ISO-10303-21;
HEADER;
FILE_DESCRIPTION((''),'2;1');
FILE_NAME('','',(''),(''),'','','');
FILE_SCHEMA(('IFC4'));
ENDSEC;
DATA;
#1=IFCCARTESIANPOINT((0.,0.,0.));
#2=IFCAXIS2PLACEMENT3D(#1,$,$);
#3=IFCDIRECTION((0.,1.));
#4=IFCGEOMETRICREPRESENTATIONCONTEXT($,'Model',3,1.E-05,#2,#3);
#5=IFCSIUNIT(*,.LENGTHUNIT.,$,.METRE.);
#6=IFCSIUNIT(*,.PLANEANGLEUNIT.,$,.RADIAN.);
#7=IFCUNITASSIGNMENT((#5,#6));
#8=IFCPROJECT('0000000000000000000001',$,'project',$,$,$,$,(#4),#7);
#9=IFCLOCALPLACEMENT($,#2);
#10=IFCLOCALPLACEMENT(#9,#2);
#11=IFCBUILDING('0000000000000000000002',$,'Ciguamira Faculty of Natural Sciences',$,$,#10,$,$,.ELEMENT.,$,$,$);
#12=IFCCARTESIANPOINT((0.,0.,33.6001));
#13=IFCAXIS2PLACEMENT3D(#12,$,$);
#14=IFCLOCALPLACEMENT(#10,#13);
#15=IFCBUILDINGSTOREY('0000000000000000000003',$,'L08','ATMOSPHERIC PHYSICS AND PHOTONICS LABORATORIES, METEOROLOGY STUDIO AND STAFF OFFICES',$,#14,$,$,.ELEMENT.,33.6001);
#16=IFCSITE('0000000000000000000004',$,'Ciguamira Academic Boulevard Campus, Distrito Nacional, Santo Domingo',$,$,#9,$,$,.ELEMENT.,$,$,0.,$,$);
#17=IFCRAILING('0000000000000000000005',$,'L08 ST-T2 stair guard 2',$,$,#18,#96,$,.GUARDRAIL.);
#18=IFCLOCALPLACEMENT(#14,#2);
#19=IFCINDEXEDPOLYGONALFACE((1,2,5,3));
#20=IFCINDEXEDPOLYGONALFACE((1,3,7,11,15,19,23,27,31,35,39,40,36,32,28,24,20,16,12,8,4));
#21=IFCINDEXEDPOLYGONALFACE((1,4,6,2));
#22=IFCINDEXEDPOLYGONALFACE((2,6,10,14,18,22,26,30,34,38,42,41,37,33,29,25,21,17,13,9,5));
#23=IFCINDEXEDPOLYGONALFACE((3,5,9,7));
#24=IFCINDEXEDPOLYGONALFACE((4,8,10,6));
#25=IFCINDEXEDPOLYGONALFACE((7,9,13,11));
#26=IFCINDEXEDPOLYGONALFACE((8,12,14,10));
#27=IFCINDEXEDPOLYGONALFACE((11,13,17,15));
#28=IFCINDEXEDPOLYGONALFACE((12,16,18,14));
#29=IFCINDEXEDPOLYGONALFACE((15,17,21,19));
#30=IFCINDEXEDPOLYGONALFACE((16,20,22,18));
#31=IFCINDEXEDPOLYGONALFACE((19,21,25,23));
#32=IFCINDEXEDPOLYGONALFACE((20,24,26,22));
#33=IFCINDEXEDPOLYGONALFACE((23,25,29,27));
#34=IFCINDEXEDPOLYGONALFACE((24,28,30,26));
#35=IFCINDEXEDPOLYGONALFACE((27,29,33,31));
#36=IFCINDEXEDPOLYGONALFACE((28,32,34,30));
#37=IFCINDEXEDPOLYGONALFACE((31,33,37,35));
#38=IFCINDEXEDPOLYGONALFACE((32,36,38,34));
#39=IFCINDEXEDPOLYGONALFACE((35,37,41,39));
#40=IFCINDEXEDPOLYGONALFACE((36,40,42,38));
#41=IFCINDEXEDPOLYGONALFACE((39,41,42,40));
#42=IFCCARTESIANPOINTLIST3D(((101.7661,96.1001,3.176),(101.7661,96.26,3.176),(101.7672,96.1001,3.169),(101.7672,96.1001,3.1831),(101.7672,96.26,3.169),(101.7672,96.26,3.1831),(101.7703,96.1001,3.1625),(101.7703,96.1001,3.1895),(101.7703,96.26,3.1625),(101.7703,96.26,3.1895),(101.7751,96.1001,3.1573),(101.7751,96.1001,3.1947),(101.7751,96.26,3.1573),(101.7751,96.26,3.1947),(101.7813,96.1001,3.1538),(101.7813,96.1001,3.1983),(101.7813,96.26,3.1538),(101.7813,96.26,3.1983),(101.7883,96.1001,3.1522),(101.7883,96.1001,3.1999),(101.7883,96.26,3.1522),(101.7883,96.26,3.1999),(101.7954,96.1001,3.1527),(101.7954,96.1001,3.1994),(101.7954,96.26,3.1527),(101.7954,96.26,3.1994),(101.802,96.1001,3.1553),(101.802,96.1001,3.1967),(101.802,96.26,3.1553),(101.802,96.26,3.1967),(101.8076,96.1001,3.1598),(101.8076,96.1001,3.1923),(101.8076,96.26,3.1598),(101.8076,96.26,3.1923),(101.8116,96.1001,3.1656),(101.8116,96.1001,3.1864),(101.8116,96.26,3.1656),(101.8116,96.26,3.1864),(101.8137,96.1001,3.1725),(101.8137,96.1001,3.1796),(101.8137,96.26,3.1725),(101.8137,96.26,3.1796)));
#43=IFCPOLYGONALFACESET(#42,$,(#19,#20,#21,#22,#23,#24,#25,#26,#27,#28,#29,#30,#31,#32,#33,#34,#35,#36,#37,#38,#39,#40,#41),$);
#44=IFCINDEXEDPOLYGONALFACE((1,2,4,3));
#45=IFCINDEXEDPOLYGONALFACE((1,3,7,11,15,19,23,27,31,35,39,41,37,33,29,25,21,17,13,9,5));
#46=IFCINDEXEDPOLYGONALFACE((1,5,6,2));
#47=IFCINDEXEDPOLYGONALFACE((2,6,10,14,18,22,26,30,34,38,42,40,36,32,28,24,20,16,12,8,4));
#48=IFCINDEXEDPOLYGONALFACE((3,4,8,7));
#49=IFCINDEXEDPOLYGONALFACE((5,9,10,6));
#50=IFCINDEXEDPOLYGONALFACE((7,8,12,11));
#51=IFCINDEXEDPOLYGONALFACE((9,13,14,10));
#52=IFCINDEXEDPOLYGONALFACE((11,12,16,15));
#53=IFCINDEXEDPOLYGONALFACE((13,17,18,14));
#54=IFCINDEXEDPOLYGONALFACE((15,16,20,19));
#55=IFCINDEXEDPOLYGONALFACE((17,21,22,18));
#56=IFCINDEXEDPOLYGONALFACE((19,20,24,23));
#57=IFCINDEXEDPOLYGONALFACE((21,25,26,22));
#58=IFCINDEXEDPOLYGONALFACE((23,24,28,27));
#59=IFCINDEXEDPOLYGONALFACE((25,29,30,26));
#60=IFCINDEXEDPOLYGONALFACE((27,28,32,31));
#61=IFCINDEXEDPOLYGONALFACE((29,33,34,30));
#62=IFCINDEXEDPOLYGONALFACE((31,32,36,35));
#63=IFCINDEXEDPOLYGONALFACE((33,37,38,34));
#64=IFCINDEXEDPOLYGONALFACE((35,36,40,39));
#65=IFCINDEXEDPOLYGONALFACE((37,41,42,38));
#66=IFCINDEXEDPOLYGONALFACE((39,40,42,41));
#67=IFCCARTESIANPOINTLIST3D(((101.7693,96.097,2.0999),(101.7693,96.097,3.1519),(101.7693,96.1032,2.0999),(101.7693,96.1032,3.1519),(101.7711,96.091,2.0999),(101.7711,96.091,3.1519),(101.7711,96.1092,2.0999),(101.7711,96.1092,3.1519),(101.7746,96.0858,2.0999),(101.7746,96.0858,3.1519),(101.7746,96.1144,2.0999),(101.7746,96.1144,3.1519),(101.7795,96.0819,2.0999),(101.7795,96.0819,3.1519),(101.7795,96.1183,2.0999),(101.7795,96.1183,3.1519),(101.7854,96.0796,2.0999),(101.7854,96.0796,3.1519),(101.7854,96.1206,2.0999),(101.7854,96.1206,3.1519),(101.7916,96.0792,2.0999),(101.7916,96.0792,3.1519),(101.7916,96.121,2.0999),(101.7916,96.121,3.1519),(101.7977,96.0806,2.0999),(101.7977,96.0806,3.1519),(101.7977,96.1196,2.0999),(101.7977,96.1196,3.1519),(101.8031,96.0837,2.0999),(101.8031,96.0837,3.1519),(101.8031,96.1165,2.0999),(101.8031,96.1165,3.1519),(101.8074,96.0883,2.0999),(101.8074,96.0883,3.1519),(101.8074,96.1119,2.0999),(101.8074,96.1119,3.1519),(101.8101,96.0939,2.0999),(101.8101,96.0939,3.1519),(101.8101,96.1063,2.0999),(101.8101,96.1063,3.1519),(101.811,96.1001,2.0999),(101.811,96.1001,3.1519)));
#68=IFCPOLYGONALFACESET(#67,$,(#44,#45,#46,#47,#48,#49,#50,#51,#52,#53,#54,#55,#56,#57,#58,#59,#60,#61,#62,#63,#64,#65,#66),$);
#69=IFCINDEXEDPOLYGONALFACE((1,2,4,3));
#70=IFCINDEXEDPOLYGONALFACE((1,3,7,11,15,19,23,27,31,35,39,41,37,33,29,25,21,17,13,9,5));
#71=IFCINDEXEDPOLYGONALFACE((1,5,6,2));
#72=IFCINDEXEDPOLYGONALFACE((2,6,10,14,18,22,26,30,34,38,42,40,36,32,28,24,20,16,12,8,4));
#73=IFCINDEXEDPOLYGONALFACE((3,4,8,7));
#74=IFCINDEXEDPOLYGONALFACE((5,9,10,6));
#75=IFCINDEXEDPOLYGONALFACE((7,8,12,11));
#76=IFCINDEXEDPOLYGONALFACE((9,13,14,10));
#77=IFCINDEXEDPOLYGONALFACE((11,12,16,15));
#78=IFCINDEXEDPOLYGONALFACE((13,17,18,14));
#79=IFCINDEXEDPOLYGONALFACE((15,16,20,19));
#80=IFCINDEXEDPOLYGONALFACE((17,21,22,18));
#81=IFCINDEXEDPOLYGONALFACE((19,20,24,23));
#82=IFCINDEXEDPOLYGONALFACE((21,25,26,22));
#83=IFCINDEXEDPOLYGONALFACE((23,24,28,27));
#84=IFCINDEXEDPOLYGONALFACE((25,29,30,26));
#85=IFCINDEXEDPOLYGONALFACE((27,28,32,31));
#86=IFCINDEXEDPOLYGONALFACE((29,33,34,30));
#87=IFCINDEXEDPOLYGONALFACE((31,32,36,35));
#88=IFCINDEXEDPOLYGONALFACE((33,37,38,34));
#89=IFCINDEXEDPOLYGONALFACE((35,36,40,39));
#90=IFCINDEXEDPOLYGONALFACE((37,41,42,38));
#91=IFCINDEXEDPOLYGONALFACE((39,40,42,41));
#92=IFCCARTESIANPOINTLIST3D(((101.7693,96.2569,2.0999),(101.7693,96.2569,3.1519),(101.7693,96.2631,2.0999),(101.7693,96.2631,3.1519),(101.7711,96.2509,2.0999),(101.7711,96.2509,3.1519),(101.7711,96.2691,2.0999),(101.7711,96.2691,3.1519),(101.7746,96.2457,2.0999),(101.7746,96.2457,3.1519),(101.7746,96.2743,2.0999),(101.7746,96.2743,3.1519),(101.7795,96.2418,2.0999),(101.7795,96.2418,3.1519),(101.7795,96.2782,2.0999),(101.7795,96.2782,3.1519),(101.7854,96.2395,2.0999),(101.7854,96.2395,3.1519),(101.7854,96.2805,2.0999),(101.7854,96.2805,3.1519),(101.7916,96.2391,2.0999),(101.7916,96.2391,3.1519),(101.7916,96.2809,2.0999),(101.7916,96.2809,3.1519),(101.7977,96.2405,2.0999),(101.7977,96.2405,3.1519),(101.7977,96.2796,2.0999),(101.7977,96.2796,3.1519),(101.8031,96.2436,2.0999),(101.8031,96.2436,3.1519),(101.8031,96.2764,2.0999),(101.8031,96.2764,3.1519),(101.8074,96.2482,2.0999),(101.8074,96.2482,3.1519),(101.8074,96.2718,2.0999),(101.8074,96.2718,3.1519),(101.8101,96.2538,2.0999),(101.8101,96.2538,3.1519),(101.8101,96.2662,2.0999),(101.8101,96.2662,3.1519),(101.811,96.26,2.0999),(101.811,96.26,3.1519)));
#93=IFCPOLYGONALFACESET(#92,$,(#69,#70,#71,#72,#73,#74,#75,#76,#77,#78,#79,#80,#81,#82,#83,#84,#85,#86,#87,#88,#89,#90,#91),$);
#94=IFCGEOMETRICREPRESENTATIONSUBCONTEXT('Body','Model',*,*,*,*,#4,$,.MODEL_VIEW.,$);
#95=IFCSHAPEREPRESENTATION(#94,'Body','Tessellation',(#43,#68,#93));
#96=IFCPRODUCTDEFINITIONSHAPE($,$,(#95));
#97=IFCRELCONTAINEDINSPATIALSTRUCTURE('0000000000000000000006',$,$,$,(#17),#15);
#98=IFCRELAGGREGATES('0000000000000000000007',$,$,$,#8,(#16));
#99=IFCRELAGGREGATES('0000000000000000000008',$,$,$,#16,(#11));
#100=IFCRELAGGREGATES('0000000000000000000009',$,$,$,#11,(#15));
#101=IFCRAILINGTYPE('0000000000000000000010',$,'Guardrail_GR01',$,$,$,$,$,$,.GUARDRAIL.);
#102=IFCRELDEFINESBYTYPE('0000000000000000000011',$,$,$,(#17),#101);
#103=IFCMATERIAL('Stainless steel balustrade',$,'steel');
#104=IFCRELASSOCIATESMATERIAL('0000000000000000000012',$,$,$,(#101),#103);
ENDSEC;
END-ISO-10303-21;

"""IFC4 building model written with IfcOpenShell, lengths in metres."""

from ifc_helpers import new_model, si_unit, direction, frame, origin, origin_2d, place, context, subcontext, project, spatial, circle, extrude, material, type_object, element, save


model = new_model("IFC4")

# Units and contexts
model_context = context("Model", 3, precision=1e-05, world=origin(), true_north=direction((0.0, 1.0)))
body_context = subcontext(model_context, "Body", "Model", "MODEL_VIEW")
ifc_project = project(units=[si_unit("LENGTHUNIT", "METRE"), si_unit("PLANEANGLEUNIT", "RADIAN")], contexts=[model_context])

# Site, building, storey
site_placement = place(None, origin())
site = spatial("IfcSite", under=ifc_project, at=site_placement, Name="Ciguamira Academic Boulevard Campus, Distrito Nacional, Santo Domingo", CompositionType="ELEMENT", RefElevation=0.0)
building_placement = place(site_placement, origin())
building = spatial("IfcBuilding", under=site, at=building_placement, Name="Ciguamira Faculty of Natural Sciences", CompositionType="ELEMENT")
storey_placement = place(building_placement, frame((0.0, 0.0, 33.6001)))
storey = spatial("IfcBuildingStorey", under=building, at=storey_placement, Name="L08", Description="ATMOSPHERIC PHYSICS AND PHOTONICS LABORATORIES, METEOROLOGY STUDIO AND STAFF OFFICES", CompositionType="ELEMENT", Elevation=33.6001)

# Railing
ifc_material_1 = material(Name="Stainless steel balustrade", Category="steel")
railing_type_1 = type_object("IfcRailingType", Name="Guardrail_GR01", PredefinedType="GUARDRAIL", material=ifc_material_1)
railing_1_placement = place(storey_placement, frame((101.79, 96.1001, 2.0999)))
element("IfcRailing", 1, at=railing_1_placement, inside=storey, type_object=railing_type_1, Name="L08 ST-T2 stair guard 2", PredefinedType="GUARDRAIL", context=body_context, shape_type="SweptSolid", body=[
    extrude(circle(Radius=0.0239, at=origin_2d()), frame((0.0, 0.0, 1.0762), z_axis=(0.0, 1.0, 0.0), x_axis=(-1.0, 0.0, 0.0)), (0.0, 0.0, 1.0), 0.1599),
    extrude(circle(Radius=0.021, at=origin_2d()), origin(), (0.0, 0.0, 1.0), 1.052),
    extrude(circle(Radius=0.021, at=origin_2d()), frame((0.0, 0.1599, 0.0)), (0.0, 0.0, 1.0), 1.052),
])

save(model, "model.ifc")
